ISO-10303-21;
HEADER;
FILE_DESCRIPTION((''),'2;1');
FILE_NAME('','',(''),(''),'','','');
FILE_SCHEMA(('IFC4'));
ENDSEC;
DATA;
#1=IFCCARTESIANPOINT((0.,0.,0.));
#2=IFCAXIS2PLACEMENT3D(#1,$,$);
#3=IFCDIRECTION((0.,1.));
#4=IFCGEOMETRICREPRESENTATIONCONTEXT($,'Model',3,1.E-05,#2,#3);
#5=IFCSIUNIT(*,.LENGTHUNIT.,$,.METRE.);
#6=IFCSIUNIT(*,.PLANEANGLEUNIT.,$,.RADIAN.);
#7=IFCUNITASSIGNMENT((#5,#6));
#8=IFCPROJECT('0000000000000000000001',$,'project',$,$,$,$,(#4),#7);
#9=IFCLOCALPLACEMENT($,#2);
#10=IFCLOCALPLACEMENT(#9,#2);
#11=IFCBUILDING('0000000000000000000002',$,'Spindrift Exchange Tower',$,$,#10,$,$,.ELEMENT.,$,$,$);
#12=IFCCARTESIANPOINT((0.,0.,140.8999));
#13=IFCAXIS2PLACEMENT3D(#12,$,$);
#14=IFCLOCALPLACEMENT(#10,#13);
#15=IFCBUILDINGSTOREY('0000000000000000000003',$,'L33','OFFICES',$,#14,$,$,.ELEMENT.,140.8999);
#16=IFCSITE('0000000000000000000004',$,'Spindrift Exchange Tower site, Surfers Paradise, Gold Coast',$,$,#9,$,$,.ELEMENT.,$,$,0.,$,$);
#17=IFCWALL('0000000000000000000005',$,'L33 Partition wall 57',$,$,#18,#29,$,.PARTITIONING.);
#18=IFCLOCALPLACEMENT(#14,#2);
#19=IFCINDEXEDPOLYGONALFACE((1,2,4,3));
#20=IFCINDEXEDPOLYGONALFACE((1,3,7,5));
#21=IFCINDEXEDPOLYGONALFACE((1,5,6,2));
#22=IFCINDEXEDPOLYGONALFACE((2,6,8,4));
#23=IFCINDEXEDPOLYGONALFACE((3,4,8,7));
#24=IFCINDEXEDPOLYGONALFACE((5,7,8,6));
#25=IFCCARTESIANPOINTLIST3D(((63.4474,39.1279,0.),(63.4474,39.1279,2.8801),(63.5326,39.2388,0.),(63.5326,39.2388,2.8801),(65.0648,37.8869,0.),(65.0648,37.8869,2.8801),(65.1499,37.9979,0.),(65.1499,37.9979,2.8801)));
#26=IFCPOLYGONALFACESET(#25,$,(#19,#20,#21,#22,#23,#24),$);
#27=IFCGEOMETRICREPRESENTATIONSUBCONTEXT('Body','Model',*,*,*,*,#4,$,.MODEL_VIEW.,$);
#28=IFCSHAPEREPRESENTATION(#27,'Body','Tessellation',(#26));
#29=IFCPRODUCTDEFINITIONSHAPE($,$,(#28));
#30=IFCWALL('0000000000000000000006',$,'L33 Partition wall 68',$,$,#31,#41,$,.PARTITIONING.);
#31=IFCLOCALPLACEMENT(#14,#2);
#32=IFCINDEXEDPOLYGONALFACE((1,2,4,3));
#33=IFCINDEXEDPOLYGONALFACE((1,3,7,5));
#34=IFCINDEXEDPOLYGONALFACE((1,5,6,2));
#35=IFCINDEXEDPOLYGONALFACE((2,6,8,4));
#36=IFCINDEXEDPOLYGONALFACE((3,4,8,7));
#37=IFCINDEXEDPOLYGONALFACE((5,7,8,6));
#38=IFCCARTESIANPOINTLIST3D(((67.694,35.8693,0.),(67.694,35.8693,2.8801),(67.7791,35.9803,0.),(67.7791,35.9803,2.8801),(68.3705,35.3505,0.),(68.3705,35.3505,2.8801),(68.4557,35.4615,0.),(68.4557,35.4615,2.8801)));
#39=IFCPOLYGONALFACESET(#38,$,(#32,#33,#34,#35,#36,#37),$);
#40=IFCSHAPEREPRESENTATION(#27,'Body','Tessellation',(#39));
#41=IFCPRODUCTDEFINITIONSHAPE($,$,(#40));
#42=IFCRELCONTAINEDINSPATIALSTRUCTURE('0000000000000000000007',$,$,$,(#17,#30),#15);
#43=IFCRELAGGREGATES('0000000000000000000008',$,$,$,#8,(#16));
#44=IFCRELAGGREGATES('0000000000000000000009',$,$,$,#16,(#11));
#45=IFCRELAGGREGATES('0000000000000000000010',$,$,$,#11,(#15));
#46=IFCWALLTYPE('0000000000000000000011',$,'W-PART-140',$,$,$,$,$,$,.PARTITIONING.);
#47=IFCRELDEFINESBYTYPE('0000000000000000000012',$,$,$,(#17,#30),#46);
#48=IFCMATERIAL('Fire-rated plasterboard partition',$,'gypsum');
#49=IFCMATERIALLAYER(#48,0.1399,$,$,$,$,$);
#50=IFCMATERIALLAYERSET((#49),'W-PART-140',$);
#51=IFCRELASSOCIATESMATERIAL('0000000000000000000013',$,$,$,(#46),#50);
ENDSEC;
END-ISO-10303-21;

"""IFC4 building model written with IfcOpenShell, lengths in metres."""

from ifc_helpers import new_model, si_unit, direction, frame, frame_2d, origin, place, context, subcontext, project, spatial, rectangle, extrude, material, layer, layer_set, type_object, element, save


model = new_model("IFC4")

# Units and contexts
model_context = context("Model", 3, precision=1e-05, world=origin(), true_north=direction((0.0, 1.0)))
body_context = subcontext(model_context, "Body", "Model", "MODEL_VIEW")
ifc_project = project(units=[si_unit("LENGTHUNIT", "METRE"), si_unit("PLANEANGLEUNIT", "RADIAN")], contexts=[model_context])

# Site, building, storey
site_placement = place(None, origin())
site = spatial("IfcSite", under=ifc_project, at=site_placement, Name="Spindrift Exchange Tower site, Surfers Paradise, Gold Coast", CompositionType="ELEMENT", RefElevation=0.0)
building_placement = place(site_placement, origin())
building = spatial("IfcBuilding", under=site, at=building_placement, Name="Spindrift Exchange Tower", CompositionType="ELEMENT")
storey_placement = place(building_placement, frame((0.0, 0.0, 140.8999)))
storey = spatial("IfcBuildingStorey", under=building, at=storey_placement, Name="L33", Description="OFFICES", CompositionType="ELEMENT", Elevation=140.8999)

# Walls
ifc_material_1 = material(Name="Fire-rated plasterboard partition", Category="gypsum")
ifc_layer_1 = layer(ifc_material_1, 0.1399)
ifc_layer_set_1 = layer_set([ifc_layer_1], Name="W-PART-140")
wall_type = type_object("IfcWallType", Name="W-PART-140", PredefinedType="PARTITIONING", material=ifc_layer_set_1)
wall_1_placement = place(storey_placement, frame((63.49, 39.1833, 0.0), z_axis=(0.0, 0.0, 1.0), x_axis=(0.793385, -0.608721, 0.0)))
element("IfcWall", 1, at=wall_1_placement, inside=storey, type_object=wall_type, Name="L33 Partition wall 57", PredefinedType="PARTITIONING", context=body_context, shape_type="SweptSolid", body=[
    extrude(rectangle(XDim=2.0386, YDim=0.1399, at=frame_2d((1.0193, 0.0))), origin(), (0.0, 0.0, 1.0), 2.8801),
])
wall_2_placement = place(storey_placement, frame((67.7366, 35.9248, 0.0), z_axis=(0.0, 0.0, 1.0), x_axis=(0.793528, -0.608534, 0.0)))
element("IfcWall", 2, at=wall_2_placement, inside=storey, type_object=wall_type, Name="L33 Partition wall 68", PredefinedType="PARTITIONING", context=body_context, shape_type="SweptSolid", body=[
    extrude(rectangle(XDim=0.8525, YDim=0.1399, at=frame_2d((0.4263, 0.0))), origin(), (0.0, 0.0, 1.0), 2.8801),
])

save(model, "model.ifc")
